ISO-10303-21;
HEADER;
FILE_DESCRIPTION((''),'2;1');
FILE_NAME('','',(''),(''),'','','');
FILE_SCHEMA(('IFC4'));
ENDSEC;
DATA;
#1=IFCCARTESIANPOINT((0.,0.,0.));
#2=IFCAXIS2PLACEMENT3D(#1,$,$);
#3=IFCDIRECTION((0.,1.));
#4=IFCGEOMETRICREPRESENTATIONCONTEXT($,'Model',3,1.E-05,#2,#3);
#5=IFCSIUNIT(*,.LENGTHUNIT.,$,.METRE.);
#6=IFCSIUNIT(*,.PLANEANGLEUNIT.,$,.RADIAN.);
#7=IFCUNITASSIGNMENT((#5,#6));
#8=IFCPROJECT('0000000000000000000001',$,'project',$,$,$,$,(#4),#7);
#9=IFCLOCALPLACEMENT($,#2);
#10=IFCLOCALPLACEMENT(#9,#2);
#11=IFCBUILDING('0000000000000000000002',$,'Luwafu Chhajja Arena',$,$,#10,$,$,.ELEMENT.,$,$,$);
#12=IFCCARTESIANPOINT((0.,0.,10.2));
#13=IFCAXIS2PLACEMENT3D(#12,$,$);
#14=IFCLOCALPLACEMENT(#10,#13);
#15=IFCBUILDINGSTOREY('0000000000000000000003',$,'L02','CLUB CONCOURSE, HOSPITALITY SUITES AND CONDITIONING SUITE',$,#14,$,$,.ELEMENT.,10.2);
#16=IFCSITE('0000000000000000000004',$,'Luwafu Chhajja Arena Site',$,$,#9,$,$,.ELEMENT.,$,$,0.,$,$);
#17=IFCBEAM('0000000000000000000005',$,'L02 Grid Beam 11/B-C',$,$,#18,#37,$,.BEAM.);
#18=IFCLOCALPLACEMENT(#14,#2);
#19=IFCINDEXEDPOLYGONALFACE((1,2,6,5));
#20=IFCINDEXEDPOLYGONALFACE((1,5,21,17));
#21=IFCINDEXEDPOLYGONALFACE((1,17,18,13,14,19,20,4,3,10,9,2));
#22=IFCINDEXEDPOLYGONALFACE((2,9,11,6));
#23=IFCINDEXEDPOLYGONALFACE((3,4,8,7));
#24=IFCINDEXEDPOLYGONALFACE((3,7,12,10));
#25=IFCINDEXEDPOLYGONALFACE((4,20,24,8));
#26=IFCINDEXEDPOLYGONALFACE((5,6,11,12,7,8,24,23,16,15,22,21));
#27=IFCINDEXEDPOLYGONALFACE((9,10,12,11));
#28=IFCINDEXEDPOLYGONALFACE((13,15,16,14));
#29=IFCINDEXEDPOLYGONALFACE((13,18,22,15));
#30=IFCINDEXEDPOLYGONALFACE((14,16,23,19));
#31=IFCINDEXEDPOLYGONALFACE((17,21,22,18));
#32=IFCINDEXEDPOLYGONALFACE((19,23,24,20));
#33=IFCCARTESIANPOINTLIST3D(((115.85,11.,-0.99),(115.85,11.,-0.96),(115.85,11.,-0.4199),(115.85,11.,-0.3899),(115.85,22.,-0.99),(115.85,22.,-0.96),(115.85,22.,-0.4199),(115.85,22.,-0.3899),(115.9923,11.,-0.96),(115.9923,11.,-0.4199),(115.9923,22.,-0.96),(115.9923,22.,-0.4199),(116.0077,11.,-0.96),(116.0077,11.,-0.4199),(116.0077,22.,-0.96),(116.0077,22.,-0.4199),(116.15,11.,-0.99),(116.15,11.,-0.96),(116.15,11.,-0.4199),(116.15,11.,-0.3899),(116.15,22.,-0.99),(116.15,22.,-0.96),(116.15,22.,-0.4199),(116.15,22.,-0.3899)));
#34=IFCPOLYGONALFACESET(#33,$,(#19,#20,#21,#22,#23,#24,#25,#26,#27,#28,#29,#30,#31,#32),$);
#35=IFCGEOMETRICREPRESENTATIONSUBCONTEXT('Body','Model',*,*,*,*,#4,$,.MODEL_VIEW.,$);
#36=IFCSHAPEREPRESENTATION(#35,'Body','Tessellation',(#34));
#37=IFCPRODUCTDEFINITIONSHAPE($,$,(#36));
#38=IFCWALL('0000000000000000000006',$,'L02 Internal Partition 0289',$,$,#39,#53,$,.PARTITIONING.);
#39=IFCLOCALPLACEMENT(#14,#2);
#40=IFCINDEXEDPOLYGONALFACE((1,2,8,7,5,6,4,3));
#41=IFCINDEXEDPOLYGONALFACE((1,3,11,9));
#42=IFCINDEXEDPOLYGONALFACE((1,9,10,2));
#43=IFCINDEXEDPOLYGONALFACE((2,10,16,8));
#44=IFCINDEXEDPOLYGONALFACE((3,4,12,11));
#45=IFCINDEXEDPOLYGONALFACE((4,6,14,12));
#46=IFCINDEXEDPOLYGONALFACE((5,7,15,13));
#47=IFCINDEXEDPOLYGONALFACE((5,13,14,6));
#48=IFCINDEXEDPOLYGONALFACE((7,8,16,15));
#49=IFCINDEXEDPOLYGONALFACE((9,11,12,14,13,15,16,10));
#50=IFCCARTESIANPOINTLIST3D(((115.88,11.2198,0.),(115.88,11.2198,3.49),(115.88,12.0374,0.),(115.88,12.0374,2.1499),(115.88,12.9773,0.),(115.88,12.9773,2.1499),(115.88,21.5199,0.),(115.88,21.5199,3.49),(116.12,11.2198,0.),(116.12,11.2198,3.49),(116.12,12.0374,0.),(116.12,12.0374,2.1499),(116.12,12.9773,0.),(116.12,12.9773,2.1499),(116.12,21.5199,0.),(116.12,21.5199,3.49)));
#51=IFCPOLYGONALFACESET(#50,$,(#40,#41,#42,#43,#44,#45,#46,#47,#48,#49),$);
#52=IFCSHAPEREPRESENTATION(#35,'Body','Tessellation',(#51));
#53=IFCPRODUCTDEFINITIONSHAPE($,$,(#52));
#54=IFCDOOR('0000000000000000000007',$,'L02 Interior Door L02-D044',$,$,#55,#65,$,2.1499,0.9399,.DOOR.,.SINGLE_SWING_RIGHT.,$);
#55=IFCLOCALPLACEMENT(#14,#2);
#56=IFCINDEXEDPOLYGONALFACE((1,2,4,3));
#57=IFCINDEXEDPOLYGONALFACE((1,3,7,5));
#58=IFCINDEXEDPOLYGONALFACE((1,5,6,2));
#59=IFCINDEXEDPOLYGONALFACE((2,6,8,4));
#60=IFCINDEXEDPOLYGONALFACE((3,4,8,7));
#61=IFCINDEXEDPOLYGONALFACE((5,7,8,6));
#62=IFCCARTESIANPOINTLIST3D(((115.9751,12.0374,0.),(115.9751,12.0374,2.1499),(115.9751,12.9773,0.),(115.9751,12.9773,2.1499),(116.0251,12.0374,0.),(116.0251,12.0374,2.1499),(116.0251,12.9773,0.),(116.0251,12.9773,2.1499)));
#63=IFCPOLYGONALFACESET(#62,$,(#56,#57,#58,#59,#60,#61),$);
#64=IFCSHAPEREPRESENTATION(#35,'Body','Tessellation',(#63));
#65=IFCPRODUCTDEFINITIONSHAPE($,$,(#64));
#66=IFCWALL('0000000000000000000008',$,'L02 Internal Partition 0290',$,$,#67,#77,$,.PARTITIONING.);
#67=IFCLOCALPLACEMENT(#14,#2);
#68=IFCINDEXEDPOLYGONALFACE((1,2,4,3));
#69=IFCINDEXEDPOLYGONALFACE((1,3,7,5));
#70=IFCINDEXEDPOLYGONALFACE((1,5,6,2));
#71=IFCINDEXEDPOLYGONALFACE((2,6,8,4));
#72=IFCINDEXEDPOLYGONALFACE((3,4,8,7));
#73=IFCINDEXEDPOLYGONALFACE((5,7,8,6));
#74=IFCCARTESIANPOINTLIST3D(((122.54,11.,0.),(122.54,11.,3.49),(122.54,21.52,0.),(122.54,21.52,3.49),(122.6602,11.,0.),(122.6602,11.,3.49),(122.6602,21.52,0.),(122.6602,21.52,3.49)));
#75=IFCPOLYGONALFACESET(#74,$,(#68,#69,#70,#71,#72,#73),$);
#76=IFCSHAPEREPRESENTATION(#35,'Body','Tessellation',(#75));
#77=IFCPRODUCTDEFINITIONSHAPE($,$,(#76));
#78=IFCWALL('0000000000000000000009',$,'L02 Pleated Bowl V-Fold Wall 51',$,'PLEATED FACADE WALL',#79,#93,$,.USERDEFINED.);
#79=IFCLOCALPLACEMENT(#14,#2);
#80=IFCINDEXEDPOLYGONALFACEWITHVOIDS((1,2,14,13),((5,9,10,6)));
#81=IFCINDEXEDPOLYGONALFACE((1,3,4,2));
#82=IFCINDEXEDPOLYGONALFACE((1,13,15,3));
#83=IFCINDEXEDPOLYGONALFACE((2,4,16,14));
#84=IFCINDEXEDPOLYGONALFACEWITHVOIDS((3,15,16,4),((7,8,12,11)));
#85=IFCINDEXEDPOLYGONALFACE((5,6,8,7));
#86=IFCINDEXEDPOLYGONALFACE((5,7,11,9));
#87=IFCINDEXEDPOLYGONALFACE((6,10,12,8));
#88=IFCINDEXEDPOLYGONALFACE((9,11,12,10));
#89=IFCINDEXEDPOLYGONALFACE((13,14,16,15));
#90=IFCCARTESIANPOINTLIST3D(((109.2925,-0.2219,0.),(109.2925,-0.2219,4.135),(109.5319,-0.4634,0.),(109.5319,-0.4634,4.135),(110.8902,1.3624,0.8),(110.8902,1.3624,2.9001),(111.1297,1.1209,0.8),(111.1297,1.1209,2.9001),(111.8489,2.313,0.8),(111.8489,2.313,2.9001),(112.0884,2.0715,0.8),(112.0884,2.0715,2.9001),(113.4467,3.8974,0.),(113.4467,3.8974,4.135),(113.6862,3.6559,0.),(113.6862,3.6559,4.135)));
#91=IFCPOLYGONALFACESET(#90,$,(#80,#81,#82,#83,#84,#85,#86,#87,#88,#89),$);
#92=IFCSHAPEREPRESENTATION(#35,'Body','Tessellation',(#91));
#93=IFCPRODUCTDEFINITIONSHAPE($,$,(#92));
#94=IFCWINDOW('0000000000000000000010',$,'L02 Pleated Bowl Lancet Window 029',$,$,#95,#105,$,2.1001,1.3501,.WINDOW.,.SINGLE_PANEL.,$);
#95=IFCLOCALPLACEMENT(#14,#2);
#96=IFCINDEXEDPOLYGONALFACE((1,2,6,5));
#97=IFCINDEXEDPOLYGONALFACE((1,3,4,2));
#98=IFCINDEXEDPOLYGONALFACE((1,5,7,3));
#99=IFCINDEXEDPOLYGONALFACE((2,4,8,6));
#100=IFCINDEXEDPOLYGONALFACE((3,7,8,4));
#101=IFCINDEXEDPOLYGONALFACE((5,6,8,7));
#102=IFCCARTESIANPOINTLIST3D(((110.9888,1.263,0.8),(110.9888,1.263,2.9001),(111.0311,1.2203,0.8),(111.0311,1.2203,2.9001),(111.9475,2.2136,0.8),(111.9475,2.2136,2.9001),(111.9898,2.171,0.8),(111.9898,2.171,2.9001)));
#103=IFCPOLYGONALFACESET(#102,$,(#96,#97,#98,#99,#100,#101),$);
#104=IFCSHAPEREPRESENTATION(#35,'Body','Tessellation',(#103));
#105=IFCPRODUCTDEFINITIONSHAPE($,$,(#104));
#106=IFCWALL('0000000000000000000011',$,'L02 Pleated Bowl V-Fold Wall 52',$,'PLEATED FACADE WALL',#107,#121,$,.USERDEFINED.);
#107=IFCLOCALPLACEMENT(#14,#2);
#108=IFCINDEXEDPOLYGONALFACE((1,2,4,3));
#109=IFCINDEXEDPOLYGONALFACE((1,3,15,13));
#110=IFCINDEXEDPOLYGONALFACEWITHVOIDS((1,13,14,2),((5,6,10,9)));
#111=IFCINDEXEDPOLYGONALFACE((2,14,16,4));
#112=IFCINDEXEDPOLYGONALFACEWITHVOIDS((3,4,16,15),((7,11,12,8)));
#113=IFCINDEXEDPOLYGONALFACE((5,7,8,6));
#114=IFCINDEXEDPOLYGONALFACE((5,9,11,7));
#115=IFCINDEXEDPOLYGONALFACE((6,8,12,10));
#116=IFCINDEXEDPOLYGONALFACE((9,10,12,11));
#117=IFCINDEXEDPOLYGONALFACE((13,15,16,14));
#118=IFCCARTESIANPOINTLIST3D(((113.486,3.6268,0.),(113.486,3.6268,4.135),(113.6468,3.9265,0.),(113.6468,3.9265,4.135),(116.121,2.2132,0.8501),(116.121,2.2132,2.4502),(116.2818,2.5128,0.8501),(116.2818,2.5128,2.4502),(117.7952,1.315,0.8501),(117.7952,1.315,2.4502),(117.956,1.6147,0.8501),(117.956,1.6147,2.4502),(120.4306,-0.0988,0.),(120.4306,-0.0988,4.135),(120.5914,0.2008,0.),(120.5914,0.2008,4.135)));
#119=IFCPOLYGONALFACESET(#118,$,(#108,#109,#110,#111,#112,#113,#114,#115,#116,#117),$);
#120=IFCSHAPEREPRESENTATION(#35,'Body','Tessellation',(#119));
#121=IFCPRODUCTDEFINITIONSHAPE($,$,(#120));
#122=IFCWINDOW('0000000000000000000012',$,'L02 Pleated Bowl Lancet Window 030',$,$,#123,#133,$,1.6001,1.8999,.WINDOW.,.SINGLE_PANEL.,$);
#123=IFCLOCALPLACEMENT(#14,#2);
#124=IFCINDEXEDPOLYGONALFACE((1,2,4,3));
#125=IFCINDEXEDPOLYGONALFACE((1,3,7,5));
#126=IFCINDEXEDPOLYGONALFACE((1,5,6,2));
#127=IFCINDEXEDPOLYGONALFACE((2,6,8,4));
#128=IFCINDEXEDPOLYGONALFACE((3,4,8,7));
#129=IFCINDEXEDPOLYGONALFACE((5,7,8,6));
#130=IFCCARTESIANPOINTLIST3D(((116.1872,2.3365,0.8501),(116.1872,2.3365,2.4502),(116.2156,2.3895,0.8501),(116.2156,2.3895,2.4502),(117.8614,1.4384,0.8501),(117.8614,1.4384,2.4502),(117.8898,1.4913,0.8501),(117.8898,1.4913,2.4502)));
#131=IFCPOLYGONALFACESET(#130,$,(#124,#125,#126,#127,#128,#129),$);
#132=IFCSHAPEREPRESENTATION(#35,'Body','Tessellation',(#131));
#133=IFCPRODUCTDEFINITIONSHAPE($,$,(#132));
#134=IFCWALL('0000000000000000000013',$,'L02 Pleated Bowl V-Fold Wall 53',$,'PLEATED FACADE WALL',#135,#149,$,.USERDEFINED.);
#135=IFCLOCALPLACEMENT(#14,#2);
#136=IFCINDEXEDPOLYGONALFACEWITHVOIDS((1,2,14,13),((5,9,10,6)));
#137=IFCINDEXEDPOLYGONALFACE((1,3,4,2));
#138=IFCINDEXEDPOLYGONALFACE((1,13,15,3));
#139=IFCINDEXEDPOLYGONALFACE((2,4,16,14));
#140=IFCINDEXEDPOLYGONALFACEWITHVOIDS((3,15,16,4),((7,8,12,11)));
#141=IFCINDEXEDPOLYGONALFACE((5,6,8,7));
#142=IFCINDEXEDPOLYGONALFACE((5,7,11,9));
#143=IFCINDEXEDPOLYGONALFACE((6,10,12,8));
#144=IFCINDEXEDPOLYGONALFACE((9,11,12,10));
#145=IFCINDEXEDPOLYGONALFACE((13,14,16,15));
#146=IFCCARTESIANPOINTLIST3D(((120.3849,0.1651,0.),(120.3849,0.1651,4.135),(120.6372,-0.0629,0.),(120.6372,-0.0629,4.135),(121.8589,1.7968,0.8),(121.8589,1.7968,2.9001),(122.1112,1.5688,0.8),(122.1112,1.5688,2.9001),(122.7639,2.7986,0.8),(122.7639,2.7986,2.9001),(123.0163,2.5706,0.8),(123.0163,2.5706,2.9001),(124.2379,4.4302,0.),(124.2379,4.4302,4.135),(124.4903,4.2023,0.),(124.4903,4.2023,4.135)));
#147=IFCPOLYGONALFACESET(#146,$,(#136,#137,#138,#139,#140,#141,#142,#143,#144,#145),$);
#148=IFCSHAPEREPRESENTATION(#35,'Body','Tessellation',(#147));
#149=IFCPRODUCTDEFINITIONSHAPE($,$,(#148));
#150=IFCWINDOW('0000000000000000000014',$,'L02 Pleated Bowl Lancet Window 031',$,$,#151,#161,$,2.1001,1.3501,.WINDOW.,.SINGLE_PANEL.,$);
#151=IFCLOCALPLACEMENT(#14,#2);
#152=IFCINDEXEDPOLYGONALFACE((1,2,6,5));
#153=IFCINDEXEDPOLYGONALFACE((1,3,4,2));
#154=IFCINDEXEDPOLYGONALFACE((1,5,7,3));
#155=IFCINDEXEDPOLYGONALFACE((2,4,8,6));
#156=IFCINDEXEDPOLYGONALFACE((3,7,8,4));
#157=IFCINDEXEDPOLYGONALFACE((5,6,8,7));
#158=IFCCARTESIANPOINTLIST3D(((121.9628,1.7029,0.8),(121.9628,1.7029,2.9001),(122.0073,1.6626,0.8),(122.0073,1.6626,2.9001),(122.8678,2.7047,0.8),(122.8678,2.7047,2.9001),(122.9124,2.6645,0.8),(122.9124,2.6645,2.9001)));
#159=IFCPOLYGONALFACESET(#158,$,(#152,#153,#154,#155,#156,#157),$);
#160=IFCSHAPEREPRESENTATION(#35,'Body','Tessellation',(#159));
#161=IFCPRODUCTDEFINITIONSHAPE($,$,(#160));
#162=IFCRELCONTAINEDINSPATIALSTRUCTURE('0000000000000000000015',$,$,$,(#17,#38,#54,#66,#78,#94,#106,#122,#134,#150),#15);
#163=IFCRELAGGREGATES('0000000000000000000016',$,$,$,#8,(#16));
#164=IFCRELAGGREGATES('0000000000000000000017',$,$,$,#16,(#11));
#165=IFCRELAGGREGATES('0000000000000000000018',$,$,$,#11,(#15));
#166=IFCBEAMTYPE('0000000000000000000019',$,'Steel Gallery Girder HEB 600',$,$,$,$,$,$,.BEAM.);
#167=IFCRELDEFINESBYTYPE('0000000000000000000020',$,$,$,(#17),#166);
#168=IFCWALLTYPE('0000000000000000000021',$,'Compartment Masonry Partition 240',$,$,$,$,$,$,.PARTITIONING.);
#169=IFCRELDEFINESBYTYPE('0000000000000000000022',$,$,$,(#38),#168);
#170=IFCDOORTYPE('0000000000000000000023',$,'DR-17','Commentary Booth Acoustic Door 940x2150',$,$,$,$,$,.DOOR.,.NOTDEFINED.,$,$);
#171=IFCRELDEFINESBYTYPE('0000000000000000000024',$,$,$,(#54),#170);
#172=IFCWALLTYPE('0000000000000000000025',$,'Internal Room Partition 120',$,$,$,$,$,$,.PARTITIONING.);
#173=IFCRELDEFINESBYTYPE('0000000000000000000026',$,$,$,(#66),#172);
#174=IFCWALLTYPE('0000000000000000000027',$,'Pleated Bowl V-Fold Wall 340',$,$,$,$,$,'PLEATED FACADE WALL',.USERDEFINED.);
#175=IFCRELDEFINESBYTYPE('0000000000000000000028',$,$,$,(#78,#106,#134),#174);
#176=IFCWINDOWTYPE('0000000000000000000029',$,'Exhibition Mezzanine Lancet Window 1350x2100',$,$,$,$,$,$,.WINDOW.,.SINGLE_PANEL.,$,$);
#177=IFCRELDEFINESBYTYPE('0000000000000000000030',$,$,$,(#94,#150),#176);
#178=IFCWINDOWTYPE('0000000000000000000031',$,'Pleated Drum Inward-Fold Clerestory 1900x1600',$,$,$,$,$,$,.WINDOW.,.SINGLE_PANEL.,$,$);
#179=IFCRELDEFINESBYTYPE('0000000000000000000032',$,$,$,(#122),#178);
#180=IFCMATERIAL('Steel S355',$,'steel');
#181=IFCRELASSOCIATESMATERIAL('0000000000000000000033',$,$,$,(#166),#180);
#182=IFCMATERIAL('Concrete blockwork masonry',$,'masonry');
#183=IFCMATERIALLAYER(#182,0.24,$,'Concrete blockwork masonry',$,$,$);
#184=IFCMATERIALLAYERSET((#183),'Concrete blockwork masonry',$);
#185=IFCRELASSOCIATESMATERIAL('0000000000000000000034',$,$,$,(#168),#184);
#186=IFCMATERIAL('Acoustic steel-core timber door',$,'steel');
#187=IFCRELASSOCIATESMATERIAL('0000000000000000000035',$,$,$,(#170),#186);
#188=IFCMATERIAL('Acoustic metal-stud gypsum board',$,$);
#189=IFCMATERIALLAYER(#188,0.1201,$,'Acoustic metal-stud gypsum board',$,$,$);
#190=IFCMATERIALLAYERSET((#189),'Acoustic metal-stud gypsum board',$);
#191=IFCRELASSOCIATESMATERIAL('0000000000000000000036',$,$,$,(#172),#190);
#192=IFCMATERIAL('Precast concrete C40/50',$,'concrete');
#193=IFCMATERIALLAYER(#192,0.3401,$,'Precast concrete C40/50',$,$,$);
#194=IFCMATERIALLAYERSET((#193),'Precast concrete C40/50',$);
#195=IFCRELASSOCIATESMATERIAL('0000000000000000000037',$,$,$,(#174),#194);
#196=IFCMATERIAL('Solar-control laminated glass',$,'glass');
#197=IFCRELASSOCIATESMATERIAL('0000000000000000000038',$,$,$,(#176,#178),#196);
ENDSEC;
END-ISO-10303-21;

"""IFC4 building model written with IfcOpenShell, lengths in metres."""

from ifc_helpers import new_model, si_unit, direction, frame, frame_2d, origin, origin_2d, place, context, subcontext, project, spatial, rectangle, i_section, extrude, material, layer, layer_set, material_profile, profile_set, type_object, element, fill, save


model = new_model("IFC4")

# Units and contexts
model_context = context("Model", 3, precision=1e-05, world=origin(), true_north=direction((0.0, 1.0)))
body_context = subcontext(model_context, "Body", "Model", "MODEL_VIEW")
ifc_project = project(units=[si_unit("LENGTHUNIT", "METRE"), si_unit("PLANEANGLEUNIT", "RADIAN")], contexts=[model_context])

# Site, building, storey
site_placement = place(None, origin())
site = spatial("IfcSite", under=ifc_project, at=site_placement, Name="Luwafu Chhajja Arena Site", CompositionType="ELEMENT", RefElevation=0.0)
building_placement = place(site_placement, origin())
building = spatial("IfcBuilding", under=site, at=building_placement, Name="Luwafu Chhajja Arena", CompositionType="ELEMENT")
storey_placement = place(building_placement, frame((0.0, 0.0, 10.2)))
storey = spatial("IfcBuildingStorey", under=building, at=storey_placement, Name="L02", Description="CLUB CONCOURSE, HOSPITALITY SUITES AND CONDITIONING SUITE", CompositionType="ELEMENT", Elevation=10.2)

# Shared definitions
ifc_material_1 = material(Name="Steel S355", Category="steel")

# Beam
ifc_material_profile_1 = material_profile(ifc_material_1, i_section(OverallWidth=0.3, OverallDepth=0.6001, WebThickness=0.0154, FlangeThickness=0.03, at=origin_2d()), Name="HEB 600")
ifc_profile_set_1 = profile_set([ifc_material_profile_1], Name="Steel S355")
beam_type_1 = type_object("IfcBeamType", Name="Steel Gallery Girder HEB 600", PredefinedType="BEAM", material=ifc_profile_set_1)
beam_1_placement = place(storey_placement, frame((116.0, 11.0, -0.6899), z_axis=(0.0, 1.0, 0.0), x_axis=(-1.0, 0.0, 0.0)))
element("IfcBeam", 1, at=beam_1_placement, inside=storey, type_object=beam_type_1, Name="L02 Grid Beam 11/B-C", PredefinedType="BEAM", context=body_context, shape_type="SweptSolid", body=[
    extrude(i_section(OverallWidth=0.3, OverallDepth=0.6001, WebThickness=0.0154, FlangeThickness=0.03, at=origin_2d()), origin(), (0.0, 0.0, 1.0), 11.0),
])

# Wall, opening, door
ifc_material_2 = material(Name="Concrete blockwork masonry", Category="masonry")
ifc_layer_1 = layer(ifc_material_2, 0.24, Name="Concrete blockwork masonry")
ifc_layer_set_1 = layer_set([ifc_layer_1], Name="Concrete blockwork masonry")
wall_type_1 = type_object("IfcWallType", Name="Compartment Masonry Partition 240", PredefinedType="PARTITIONING", material=ifc_layer_set_1)
wall_1_placement = place(storey_placement, frame((116.0, 11.22, 0.0), z_axis=(0.0, 0.0, 1.0), x_axis=(0.0, 1.0, 0.0)))
wall_1 = element("IfcWall", 2, at=wall_1_placement, inside=storey, type_object=wall_type_1, Name="L02 Internal Partition 0289", PredefinedType="PARTITIONING", context=body_context, shape_type="SweptSolid", body=[
    extrude(rectangle(XDim=10.3, YDim=0.24, at=frame_2d((5.1499, 0.0))), origin(), (0.0, 0.0, 1.0), 3.49),
])
opening_1_placement = place(wall_1_placement, frame((0.8174, 0.0, 0.0)))
opening_1 = element("IfcOpeningElement", 3, at=opening_1_placement, cuts=wall_1, PredefinedType="OPENING", context=body_context, shape_type="SweptSolid", body=[
    extrude(rectangle(XDim=0.9399, YDim=2.1499, at=frame_2d((0.47, 1.075))), frame((0.0, 0.1299, 0.0), z_axis=(0.0, -1.0, 0.0), x_axis=(1.0, 0.0, 0.0)), (0.0, 0.0, 1.0), 0.26),
])
ifc_material_3 = material(Name="Acoustic steel-core timber door", Category="steel")
door_type = type_object("IfcDoorType", Name="DR-17", Description="Commentary Booth Acoustic Door 940x2150", OperationType="NOTDEFINED", PredefinedType="DOOR", material=ifc_material_3)
door_placement = place(opening_1_placement, origin())
door = element("IfcDoor", 4, at=door_placement, inside=storey, type_object=door_type, Name="L02 Interior Door L02-D044", OperationType="SINGLE_SWING_RIGHT", OverallHeight=2.1499, OverallWidth=0.9399, PredefinedType="DOOR", context=body_context, shape_type="SweptSolid", body=[
    extrude(rectangle(XDim=0.9399, YDim=2.1499, at=frame_2d((0.47, 1.075))), frame((0.0, 0.0249, 0.0), z_axis=(0.0, -1.0, 0.0), x_axis=(1.0, 0.0, 0.0)), (0.0, 0.0, 1.0), 0.05),
])
fill(opening_1, door)

# Wall
ifc_material_4 = material(Name="Acoustic metal-stud gypsum board")
ifc_layer_2 = layer(ifc_material_4, 0.1201, Name="Acoustic metal-stud gypsum board")
ifc_layer_set_2 = layer_set([ifc_layer_2], Name="Acoustic metal-stud gypsum board")
wall_type_2 = type_object("IfcWallType", Name="Internal Room Partition 120", PredefinedType="PARTITIONING", material=ifc_layer_set_2)
wall_2_placement = place(storey_placement, frame((122.6001, 11.0, 0.0), z_axis=(0.0, 0.0, 1.0), x_axis=(0.0, 1.0, 0.0)))
element("IfcWall", 5, at=wall_2_placement, inside=storey, type_object=wall_type_2, Name="L02 Internal Partition 0290", PredefinedType="PARTITIONING", context=body_context, shape_type="SweptSolid", body=[
    extrude(rectangle(XDim=10.52, YDim=0.1201, at=frame_2d((5.26, 0.0))), origin(), (0.0, 0.0, 1.0), 3.49),
])

# Walls, openings, windows
ifc_material_5 = material(Name="Precast concrete C40/50", Category="concrete")
ifc_layer_3 = layer(ifc_material_5, 0.3401, Name="Precast concrete C40/50")
ifc_layer_set_3 = layer_set([ifc_layer_3], Name="Precast concrete C40/50")
wall_type_3 = type_object("IfcWallType", Name="Pleated Bowl V-Fold Wall 340", ElementType="PLEATED FACADE WALL", PredefinedType="USERDEFINED", material=ifc_layer_set_3)
wall_3_placement = place(storey_placement, frame((109.4121, -0.3428, 0.0), z_axis=(0.0, 0.0, 1.0), x_axis=(0.710084, 0.704117, 0.0)))
wall_3 = element("IfcWall", 6, at=wall_3_placement, inside=storey, type_object=wall_type_3, Name="L02 Pleated Bowl V-Fold Wall 51", ObjectType="PLEATED FACADE WALL", PredefinedType="USERDEFINED", context=body_context, shape_type="SweptSolid", body=[
    extrude(rectangle(XDim=5.8503, YDim=0.3401, at=frame_2d((2.9253, 0.0))), origin(), (0.0, 0.0, 1.0), 4.135),
])
opening_2_placement = place(wall_3_placement, frame((2.2502, 0.0, 0.8)))
opening_2 = element("IfcOpeningElement", 7, at=opening_2_placement, cuts=wall_3, PredefinedType="OPENING", context=body_context, shape_type="SweptSolid", body=[
    extrude(rectangle(XDim=1.3501, YDim=2.1001, at=frame_2d((0.675, 1.05))), frame((0.0, 0.1799, 0.0), z_axis=(0.0, -1.0, 0.0), x_axis=(1.0, 0.0, 0.0)), (0.0, 0.0, 1.0), 0.3601),
])
ifc_material_6 = material(Name="Solar-control laminated glass", Category="glass")
window_type_1 = type_object("IfcWindowType", Name="Exhibition Mezzanine Lancet Window 1350x2100", PartitioningType="SINGLE_PANEL", PredefinedType="WINDOW", material=ifc_material_6)
window_1_placement = place(opening_2_placement, origin())
window_1 = element("IfcWindow", 8, at=window_1_placement, inside=storey, type_object=window_type_1, Name="L02 Pleated Bowl Lancet Window 029", OverallHeight=2.1001, OverallWidth=1.3501, PartitioningType="SINGLE_PANEL", PredefinedType="WINDOW", context=body_context, shape_type="SweptSolid", body=[
    extrude(rectangle(XDim=1.3501, YDim=2.1001, at=frame_2d((0.675, 1.05))), frame((0.0, 0.03, 0.0), z_axis=(0.0, -1.0, 0.0), x_axis=(1.0, 0.0, 0.0)), (0.0, 0.0, 1.0), 0.0601),
])
fill(opening_2, window_1)
wall_4_placement = place(storey_placement, frame((113.5664, 3.7766, 0.0), z_axis=(0.0, 0.0, 1.0), x_axis=(0.881201, -0.472741, 0.0)))
wall_4 = element("IfcWall", 9, at=wall_4_placement, inside=storey, type_object=wall_type_3, Name="L02 Pleated Bowl V-Fold Wall 52", ObjectType="PLEATED FACADE WALL", PredefinedType="USERDEFINED", context=body_context, shape_type="SweptSolid", body=[
    extrude(rectangle(XDim=7.8809, YDim=0.3401, at=frame_2d((3.9404, 0.0))), origin(), (0.0, 0.0, 1.0), 4.135),
])
opening_3_placement = place(wall_4_placement, frame((2.9902, 0.0, 0.8501)))
opening_3 = element("IfcOpeningElement", 10, at=opening_3_placement, cuts=wall_4, PredefinedType="OPENING", context=body_context, shape_type="SweptSolid", body=[
    extrude(rectangle(XDim=1.8999, YDim=1.6001, at=frame_2d((0.95, 0.8))), frame((0.0, 0.1799, 0.0), z_axis=(0.0, -1.0, 0.0), x_axis=(1.0, 0.0, 0.0)), (0.0, 0.0, 1.0), 0.3601),
])
window_type_2 = type_object("IfcWindowType", Name="Pleated Drum Inward-Fold Clerestory 1900x1600", PartitioningType="SINGLE_PANEL", PredefinedType="WINDOW", material=ifc_material_6)
window_2_placement = place(opening_3_placement, origin())
window_2 = element("IfcWindow", 11, at=window_2_placement, inside=storey, type_object=window_type_2, Name="L02 Pleated Bowl Lancet Window 030", OverallHeight=1.6001, OverallWidth=1.8999, PartitioningType="SINGLE_PANEL", PredefinedType="WINDOW", context=body_context, shape_type="SweptSolid", body=[
    extrude(rectangle(XDim=1.8999, YDim=1.6001, at=frame_2d((0.95, 0.8))), frame((0.0, 0.03, 0.0), z_axis=(0.0, -1.0, 0.0), x_axis=(1.0, 0.0, 0.0)), (0.0, 0.0, 1.0), 0.0601),
])
fill(opening_3, window_2)
wall_5_placement = place(storey_placement, frame((120.511, 0.051, 0.0), z_axis=(0.0, 0.0, 1.0), x_axis=(0.670348, 0.742047, 0.0)))
wall_5 = element("IfcWall", 12, at=wall_5_placement, inside=storey, type_object=wall_type_3, Name="L02 Pleated Bowl V-Fold Wall 53", ObjectType="PLEATED FACADE WALL", PredefinedType="USERDEFINED", context=body_context, shape_type="SweptSolid", body=[
    extrude(rectangle(XDim=5.7478, YDim=0.3401, at=frame_2d((2.874, 0.0))), origin(), (0.0, 0.0, 1.0), 4.135),
])
opening_4_placement = place(wall_5_placement, frame((2.199, 0.0, 0.8)))
opening_4 = element("IfcOpeningElement", 13, at=opening_4_placement, cuts=wall_5, PredefinedType="OPENING", context=body_context, shape_type="SweptSolid", body=[
    extrude(rectangle(XDim=1.3501, YDim=2.1001, at=frame_2d((0.675, 1.05))), frame((0.0, 0.1799, 0.0), z_axis=(0.0, -1.0, 0.0), x_axis=(1.0, 0.0, 0.0)), (0.0, 0.0, 1.0), 0.3601),
])
window_3_placement = place(opening_4_placement, origin())
window_3 = element("IfcWindow", 14, at=window_3_placement, inside=storey, type_object=window_type_1, Name="L02 Pleated Bowl Lancet Window 031", OverallHeight=2.1001, OverallWidth=1.3501, PartitioningType="SINGLE_PANEL", PredefinedType="WINDOW", context=body_context, shape_type="SweptSolid", body=[
    extrude(rectangle(XDim=1.3501, YDim=2.1001, at=frame_2d((0.675, 1.05))), frame((0.0, 0.03, 0.0), z_axis=(0.0, -1.0, 0.0), x_axis=(1.0, 0.0, 0.0)), (0.0, 0.0, 1.0), 0.0601),
])
fill(opening_4, window_3)

save(model, "model.ifc")
